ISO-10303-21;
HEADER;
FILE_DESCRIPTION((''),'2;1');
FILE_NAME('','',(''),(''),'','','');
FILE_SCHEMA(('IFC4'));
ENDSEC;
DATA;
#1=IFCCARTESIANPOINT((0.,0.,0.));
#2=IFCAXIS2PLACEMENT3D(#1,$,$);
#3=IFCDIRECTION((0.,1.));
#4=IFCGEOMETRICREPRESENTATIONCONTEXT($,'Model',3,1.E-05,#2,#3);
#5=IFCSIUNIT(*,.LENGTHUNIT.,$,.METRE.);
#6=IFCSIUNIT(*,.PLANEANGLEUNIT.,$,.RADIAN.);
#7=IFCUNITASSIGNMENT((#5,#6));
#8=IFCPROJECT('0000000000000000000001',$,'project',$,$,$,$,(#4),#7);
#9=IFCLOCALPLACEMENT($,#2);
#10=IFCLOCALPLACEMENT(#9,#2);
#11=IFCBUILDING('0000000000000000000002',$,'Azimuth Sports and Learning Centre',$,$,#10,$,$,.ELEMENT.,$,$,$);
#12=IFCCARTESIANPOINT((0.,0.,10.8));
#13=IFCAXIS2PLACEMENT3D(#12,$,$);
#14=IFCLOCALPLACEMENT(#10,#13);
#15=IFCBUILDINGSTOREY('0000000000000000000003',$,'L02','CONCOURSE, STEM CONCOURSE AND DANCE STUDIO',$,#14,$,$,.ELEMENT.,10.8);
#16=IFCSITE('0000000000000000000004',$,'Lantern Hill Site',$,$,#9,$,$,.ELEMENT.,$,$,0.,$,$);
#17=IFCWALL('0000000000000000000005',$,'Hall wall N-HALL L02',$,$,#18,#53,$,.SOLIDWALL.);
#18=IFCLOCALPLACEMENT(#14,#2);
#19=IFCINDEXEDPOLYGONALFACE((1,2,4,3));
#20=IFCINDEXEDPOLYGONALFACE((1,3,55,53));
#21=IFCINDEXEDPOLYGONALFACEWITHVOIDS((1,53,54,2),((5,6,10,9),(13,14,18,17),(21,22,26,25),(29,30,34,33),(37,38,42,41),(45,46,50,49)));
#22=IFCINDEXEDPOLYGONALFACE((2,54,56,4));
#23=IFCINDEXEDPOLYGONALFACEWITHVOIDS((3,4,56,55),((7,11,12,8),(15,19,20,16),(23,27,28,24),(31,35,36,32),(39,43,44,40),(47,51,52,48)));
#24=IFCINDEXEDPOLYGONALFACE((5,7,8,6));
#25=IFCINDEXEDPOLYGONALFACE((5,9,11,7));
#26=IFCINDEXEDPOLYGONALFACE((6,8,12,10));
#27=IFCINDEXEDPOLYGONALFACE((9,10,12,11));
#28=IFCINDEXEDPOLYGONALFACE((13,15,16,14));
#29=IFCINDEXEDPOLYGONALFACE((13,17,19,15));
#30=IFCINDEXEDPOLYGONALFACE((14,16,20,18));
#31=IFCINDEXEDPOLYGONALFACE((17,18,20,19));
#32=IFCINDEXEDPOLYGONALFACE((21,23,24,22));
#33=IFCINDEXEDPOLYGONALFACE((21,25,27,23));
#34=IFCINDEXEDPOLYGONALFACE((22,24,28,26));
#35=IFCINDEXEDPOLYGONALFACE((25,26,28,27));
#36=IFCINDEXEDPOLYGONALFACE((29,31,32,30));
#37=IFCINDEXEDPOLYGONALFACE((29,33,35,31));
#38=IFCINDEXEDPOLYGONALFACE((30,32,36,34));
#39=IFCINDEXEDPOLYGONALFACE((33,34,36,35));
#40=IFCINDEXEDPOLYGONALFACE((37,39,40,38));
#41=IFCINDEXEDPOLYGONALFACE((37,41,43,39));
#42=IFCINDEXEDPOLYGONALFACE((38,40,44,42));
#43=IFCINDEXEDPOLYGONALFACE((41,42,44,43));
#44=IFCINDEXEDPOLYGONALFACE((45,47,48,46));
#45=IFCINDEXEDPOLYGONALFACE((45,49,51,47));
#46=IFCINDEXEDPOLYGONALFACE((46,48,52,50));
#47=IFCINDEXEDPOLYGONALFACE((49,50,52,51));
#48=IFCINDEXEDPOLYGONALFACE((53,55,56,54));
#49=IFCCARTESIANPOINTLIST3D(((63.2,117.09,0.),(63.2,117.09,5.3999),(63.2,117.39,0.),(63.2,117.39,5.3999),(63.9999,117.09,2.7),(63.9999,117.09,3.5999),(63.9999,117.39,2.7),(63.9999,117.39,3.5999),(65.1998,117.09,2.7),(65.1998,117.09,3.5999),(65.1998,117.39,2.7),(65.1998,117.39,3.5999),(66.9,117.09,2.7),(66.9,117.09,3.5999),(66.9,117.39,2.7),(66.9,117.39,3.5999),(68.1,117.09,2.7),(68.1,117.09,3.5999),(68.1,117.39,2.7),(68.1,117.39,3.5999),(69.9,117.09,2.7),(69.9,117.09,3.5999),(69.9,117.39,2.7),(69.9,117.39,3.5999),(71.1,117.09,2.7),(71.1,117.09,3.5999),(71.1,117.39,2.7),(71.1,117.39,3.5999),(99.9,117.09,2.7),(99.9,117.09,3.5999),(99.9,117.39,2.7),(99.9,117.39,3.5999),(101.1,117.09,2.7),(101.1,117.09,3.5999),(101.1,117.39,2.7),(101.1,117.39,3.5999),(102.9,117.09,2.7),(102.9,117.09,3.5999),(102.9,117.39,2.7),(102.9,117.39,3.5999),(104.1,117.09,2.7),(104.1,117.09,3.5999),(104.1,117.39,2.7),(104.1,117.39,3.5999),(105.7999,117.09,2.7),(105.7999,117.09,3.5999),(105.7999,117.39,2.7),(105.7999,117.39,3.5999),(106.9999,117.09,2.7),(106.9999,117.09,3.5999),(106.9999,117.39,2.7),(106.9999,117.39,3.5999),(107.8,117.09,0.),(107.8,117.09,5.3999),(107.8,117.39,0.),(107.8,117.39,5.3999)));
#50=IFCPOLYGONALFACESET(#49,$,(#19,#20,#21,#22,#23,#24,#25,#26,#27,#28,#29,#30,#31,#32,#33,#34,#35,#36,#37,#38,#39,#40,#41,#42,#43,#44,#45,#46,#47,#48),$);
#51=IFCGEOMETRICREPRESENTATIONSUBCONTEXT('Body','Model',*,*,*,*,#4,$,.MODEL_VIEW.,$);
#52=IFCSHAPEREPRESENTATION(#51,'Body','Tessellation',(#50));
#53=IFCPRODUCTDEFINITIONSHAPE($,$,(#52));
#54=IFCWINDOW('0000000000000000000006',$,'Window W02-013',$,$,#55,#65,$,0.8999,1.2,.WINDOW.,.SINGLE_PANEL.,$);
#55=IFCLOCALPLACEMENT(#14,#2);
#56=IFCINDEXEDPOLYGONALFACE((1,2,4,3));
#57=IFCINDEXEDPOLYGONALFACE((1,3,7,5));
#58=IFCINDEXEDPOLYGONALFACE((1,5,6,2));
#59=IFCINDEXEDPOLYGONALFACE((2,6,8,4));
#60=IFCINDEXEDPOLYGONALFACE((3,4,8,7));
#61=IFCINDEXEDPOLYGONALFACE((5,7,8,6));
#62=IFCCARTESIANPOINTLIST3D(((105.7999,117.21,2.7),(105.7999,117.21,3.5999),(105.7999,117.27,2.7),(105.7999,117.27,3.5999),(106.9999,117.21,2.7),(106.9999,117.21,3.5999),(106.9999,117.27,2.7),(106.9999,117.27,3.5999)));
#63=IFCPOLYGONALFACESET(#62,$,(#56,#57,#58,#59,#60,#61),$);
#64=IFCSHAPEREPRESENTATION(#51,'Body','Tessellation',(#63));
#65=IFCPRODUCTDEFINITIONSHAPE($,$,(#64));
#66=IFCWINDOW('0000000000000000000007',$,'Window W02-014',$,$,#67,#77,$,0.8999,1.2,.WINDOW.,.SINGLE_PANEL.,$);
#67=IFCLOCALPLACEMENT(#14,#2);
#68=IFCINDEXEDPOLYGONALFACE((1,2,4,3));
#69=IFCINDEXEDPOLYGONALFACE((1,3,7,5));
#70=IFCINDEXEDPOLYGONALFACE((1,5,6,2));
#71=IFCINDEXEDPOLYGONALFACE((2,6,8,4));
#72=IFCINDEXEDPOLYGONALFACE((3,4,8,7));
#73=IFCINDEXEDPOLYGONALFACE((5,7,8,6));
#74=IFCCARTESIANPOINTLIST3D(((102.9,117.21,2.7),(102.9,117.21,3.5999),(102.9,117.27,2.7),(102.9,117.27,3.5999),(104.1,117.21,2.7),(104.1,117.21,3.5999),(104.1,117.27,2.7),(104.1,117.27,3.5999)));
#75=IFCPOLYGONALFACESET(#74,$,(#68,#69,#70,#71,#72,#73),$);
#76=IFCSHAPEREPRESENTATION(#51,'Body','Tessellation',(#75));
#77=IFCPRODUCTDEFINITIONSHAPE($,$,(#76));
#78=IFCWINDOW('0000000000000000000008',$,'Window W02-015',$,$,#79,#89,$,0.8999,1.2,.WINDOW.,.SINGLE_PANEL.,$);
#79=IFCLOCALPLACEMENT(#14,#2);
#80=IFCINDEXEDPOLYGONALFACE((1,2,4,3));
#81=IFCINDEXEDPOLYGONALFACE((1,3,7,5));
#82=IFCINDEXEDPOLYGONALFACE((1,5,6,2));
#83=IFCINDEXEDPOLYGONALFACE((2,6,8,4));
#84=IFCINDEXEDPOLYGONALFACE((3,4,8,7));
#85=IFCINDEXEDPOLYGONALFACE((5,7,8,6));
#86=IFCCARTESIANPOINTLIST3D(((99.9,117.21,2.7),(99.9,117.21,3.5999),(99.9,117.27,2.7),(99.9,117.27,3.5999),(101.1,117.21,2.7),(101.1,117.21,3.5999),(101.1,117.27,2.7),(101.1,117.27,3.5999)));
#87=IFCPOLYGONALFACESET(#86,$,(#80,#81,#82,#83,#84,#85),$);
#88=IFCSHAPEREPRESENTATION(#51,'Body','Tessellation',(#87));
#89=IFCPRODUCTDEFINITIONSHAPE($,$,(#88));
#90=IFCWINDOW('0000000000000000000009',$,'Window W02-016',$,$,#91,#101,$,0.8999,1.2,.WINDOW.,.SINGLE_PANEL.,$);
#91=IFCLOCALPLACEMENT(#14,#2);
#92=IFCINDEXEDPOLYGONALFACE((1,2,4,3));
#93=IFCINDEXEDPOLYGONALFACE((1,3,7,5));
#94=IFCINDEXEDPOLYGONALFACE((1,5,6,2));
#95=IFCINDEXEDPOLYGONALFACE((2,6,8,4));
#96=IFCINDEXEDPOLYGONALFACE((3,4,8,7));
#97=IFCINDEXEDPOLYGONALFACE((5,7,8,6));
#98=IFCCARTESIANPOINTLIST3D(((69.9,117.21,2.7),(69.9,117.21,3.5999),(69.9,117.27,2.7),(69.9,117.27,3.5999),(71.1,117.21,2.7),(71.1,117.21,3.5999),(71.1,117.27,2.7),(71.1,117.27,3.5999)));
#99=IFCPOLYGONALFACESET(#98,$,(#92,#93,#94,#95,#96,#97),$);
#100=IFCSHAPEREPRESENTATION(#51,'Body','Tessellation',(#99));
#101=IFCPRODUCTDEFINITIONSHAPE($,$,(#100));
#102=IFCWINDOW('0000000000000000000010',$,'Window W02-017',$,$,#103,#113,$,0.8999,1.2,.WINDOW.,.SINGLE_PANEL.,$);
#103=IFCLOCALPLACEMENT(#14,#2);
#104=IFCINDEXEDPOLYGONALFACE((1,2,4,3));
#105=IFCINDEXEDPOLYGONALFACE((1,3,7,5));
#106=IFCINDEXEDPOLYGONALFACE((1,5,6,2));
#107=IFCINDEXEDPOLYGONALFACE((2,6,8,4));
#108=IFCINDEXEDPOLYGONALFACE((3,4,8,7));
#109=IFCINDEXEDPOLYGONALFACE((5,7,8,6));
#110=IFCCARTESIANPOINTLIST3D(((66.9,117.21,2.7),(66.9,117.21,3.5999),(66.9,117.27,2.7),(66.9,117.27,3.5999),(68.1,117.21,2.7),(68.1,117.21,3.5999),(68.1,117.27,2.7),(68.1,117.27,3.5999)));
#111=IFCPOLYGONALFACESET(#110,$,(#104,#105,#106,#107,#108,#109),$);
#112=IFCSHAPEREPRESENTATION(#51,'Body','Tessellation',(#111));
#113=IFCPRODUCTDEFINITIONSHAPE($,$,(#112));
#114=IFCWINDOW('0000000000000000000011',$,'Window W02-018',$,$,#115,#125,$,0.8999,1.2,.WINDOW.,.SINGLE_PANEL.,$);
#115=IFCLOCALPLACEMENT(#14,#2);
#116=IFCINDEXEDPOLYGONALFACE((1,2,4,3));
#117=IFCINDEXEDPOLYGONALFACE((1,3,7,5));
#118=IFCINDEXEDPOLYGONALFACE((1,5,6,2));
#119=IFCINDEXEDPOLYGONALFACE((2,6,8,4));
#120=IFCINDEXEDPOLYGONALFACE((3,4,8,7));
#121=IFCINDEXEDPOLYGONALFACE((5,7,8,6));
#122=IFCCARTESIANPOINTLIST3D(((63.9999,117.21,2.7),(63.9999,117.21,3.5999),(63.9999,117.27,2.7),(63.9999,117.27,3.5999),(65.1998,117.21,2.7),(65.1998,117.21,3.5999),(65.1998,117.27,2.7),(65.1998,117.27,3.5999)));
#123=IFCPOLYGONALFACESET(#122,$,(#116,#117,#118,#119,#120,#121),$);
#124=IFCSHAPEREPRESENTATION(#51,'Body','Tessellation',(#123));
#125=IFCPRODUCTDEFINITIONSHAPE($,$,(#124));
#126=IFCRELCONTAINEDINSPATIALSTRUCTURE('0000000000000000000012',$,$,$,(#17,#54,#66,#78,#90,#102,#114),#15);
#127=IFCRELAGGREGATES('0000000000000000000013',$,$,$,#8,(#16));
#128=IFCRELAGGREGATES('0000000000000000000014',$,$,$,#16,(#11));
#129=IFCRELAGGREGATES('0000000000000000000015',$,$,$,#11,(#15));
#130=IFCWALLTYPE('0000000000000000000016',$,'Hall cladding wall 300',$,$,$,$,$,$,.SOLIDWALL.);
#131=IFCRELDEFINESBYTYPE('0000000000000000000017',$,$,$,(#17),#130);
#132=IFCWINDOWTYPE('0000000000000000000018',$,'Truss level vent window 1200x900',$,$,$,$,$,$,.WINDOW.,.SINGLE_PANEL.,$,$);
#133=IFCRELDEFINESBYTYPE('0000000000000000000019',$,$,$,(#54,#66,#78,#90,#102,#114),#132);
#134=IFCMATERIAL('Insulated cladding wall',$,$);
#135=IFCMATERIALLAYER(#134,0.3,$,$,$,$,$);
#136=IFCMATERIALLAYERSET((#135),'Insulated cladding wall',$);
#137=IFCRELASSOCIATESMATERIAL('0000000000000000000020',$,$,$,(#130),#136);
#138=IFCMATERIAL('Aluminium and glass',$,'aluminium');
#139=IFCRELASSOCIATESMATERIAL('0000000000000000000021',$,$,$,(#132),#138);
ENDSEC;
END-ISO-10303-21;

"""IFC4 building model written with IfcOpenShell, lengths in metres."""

from ifc_helpers import new_model, si_unit, direction, frame, frame_2d, origin, place, context, subcontext, project, spatial, rectangle, extrude, material, layer, layer_set, type_object, element, fill, save


model = new_model("IFC4")

# Units and contexts
model_context = context("Model", 3, precision=1e-05, world=origin(), true_north=direction((0.0, 1.0)))
body_context = subcontext(model_context, "Body", "Model", "MODEL_VIEW")
ifc_project = project(units=[si_unit("LENGTHUNIT", "METRE"), si_unit("PLANEANGLEUNIT", "RADIAN")], contexts=[model_context])

# Site, building, storey
site_placement = place(None, origin())
site = spatial("IfcSite", under=ifc_project, at=site_placement, Name="Lantern Hill Site", CompositionType="ELEMENT", RefElevation=0.0)
building_placement = place(site_placement, origin())
building = spatial("IfcBuilding", under=site, at=building_placement, Name="Azimuth Sports and Learning Centre", CompositionType="ELEMENT")
storey_placement = place(building_placement, frame((0.0, 0.0, 10.8)))
storey = spatial("IfcBuildingStorey", under=building, at=storey_placement, Name="L02", Description="CONCOURSE, STEM CONCOURSE AND DANCE STUDIO", CompositionType="ELEMENT", Elevation=10.8)

# Wall, openings, windows
ifc_material_1 = material(Name="Insulated cladding wall")
ifc_layer = layer(ifc_material_1, 0.3)
ifc_layer_set = layer_set([ifc_layer], Name="Insulated cladding wall")
wall_type = type_object("IfcWallType", Name="Hall cladding wall 300", PredefinedType="SOLIDWALL", material=ifc_layer_set)
wall_placement = place(storey_placement, frame((107.8, 117.24, 0.0), z_axis=(0.0, 0.0, 1.0), x_axis=(-1.0, 0.0, 0.0)))
wall = element("IfcWall", 1, at=wall_placement, inside=storey, type_object=wall_type, Name="Hall wall N-HALL L02", PredefinedType="SOLIDWALL", context=body_context, shape_type="SweptSolid", body=[
    extrude(rectangle(XDim=44.6001, YDim=0.3, at=frame_2d((22.3, 0.0))), origin(), (0.0, 0.0, 1.0), 5.3999),
])
opening_1_placement = place(wall_placement, frame((0.8, 0.0, 2.7)))
opening_1 = element("IfcOpeningElement", 2, at=opening_1_placement, cuts=wall, PredefinedType="OPENING", context=body_context, shape_type="SweptSolid", body=[
    extrude(rectangle(XDim=1.2, YDim=0.8999, at=frame_2d((0.6001, 0.45))), frame((0.0, 0.1611, 0.0), z_axis=(0.0, -1.0, 0.0), x_axis=(1.0, 0.0, 0.0)), (0.0, 0.0, 1.0), 0.322),
])
opening_2_placement = place(wall_placement, frame((3.7, 0.0, 2.7)))
opening_2 = element("IfcOpeningElement", 3, at=opening_2_placement, cuts=wall, PredefinedType="OPENING", context=body_context, shape_type="SweptSolid", body=[
    extrude(rectangle(XDim=1.2, YDim=0.8999, at=frame_2d((0.6001, 0.45))), frame((0.0, 0.1611, 0.0), z_axis=(0.0, -1.0, 0.0), x_axis=(1.0, 0.0, 0.0)), (0.0, 0.0, 1.0), 0.322),
])
opening_3_placement = place(wall_placement, frame((6.7, 0.0, 2.7)))
opening_3 = element("IfcOpeningElement", 4, at=opening_3_placement, cuts=wall, PredefinedType="OPENING", context=body_context, shape_type="SweptSolid", body=[
    extrude(rectangle(XDim=1.2, YDim=0.8999, at=frame_2d((0.6001, 0.45))), frame((0.0, 0.1611, 0.0), z_axis=(0.0, -1.0, 0.0), x_axis=(1.0, 0.0, 0.0)), (0.0, 0.0, 1.0), 0.322),
])
opening_4_placement = place(wall_placement, frame((36.7, 0.0, 2.7)))
opening_4 = element("IfcOpeningElement", 5, at=opening_4_placement, cuts=wall, PredefinedType="OPENING", context=body_context, shape_type="SweptSolid", body=[
    extrude(rectangle(XDim=1.2, YDim=0.8999, at=frame_2d((0.6001, 0.45))), frame((0.0, 0.1611, 0.0), z_axis=(0.0, -1.0, 0.0), x_axis=(1.0, 0.0, 0.0)), (0.0, 0.0, 1.0), 0.322),
])
opening_5_placement = place(wall_placement, frame((39.7, 0.0, 2.7)))
opening_5 = element("IfcOpeningElement", 6, at=opening_5_placement, cuts=wall, PredefinedType="OPENING", context=body_context, shape_type="SweptSolid", body=[
    extrude(rectangle(XDim=1.2, YDim=0.8999, at=frame_2d((0.6001, 0.45))), frame((0.0, 0.1611, 0.0), z_axis=(0.0, -1.0, 0.0), x_axis=(1.0, 0.0, 0.0)), (0.0, 0.0, 1.0), 0.322),
])
opening_6_placement = place(wall_placement, frame((42.6001, 0.0, 2.7)))
opening_6 = element("IfcOpeningElement", 7, at=opening_6_placement, cuts=wall, PredefinedType="OPENING", context=body_context, shape_type="SweptSolid", body=[
    extrude(rectangle(XDim=1.2, YDim=0.8999, at=frame_2d((0.6001, 0.45))), frame((0.0, 0.1611, 0.0), z_axis=(0.0, -1.0, 0.0), x_axis=(1.0, 0.0, 0.0)), (0.0, 0.0, 1.0), 0.322),
])
ifc_material_2 = material(Name="Aluminium and glass", Category="aluminium")
window_type = type_object("IfcWindowType", Name="Truss level vent window 1200x900", PartitioningType="SINGLE_PANEL", PredefinedType="WINDOW", material=ifc_material_2)
window_1_placement = place(opening_1_placement, origin())
window_1 = element("IfcWindow", 8, at=window_1_placement, inside=storey, type_object=window_type, Name="Window W02-013", OverallHeight=0.8999, OverallWidth=1.2, PartitioningType="SINGLE_PANEL", PredefinedType="WINDOW", context=body_context, shape_type="SweptSolid", body=[
    extrude(rectangle(XDim=1.2, YDim=0.8999, at=frame_2d((0.6001, 0.45))), frame((0.0, 0.03, 0.0), z_axis=(0.0, -1.0, 0.0), x_axis=(1.0, 0.0, 0.0)), (0.0, 0.0, 1.0), 0.0601),
])
fill(opening_1, window_1)
window_2_placement = place(opening_2_placement, origin())
window_2 = element("IfcWindow", 9, at=window_2_placement, inside=storey, type_object=window_type, Name="Window W02-014", OverallHeight=0.8999, OverallWidth=1.2, PartitioningType="SINGLE_PANEL", PredefinedType="WINDOW", context=body_context, shape_type="SweptSolid", body=[
    extrude(rectangle(XDim=1.2, YDim=0.8999, at=frame_2d((0.6001, 0.45))), frame((0.0, 0.03, 0.0), z_axis=(0.0, -1.0, 0.0), x_axis=(1.0, 0.0, 0.0)), (0.0, 0.0, 1.0), 0.0601),
])
fill(opening_2, window_2)
window_3_placement = place(opening_3_placement, origin())
window_3 = element("IfcWindow", 10, at=window_3_placement, inside=storey, type_object=window_type, Name="Window W02-015", OverallHeight=0.8999, OverallWidth=1.2, PartitioningType="SINGLE_PANEL", PredefinedType="WINDOW", context=body_context, shape_type="SweptSolid", body=[
    extrude(rectangle(XDim=1.2, YDim=0.8999, at=frame_2d((0.6001, 0.45))), frame((0.0, 0.03, 0.0), z_axis=(0.0, -1.0, 0.0), x_axis=(1.0, 0.0, 0.0)), (0.0, 0.0, 1.0), 0.0601),
])
fill(opening_3, window_3)
window_4_placement = place(opening_4_placement, origin())
window_4 = element("IfcWindow", 11, at=window_4_placement, inside=storey, type_object=window_type, Name="Window W02-016", OverallHeight=0.8999, OverallWidth=1.2, PartitioningType="SINGLE_PANEL", PredefinedType="WINDOW", context=body_context, shape_type="SweptSolid", body=[
    extrude(rectangle(XDim=1.2, YDim=0.8999, at=frame_2d((0.6001, 0.45))), frame((0.0, 0.03, 0.0), z_axis=(0.0, -1.0, 0.0), x_axis=(1.0, 0.0, 0.0)), (0.0, 0.0, 1.0), 0.0601),
])
fill(opening_4, window_4)
window_5_placement = place(opening_5_placement, origin())
window_5 = element("IfcWindow", 12, at=window_5_placement, inside=storey, type_object=window_type, Name="Window W02-017", OverallHeight=0.8999, OverallWidth=1.2, PartitioningType="SINGLE_PANEL", PredefinedType="WINDOW", context=body_context, shape_type="SweptSolid", body=[
    extrude(rectangle(XDim=1.2, YDim=0.8999, at=frame_2d((0.6001, 0.45))), frame((0.0, 0.03, 0.0), z_axis=(0.0, -1.0, 0.0), x_axis=(1.0, 0.0, 0.0)), (0.0, 0.0, 1.0), 0.0601),
])
fill(opening_5, window_5)
window_6_placement = place(opening_6_placement, origin())
window_6 = element("IfcWindow", 13, at=window_6_placement, inside=storey, type_object=window_type, Name="Window W02-018", OverallHeight=0.8999, OverallWidth=1.2, PartitioningType="SINGLE_PANEL", PredefinedType="WINDOW", context=body_context, shape_type="SweptSolid", body=[
    extrude(rectangle(XDim=1.2, YDim=0.8999, at=frame_2d((0.6001, 0.45))), frame((0.0, 0.03, 0.0), z_axis=(0.0, -1.0, 0.0), x_axis=(1.0, 0.0, 0.0)), (0.0, 0.0, 1.0), 0.0601),
])
fill(opening_6, window_6)

save(model, "model.ifc")
